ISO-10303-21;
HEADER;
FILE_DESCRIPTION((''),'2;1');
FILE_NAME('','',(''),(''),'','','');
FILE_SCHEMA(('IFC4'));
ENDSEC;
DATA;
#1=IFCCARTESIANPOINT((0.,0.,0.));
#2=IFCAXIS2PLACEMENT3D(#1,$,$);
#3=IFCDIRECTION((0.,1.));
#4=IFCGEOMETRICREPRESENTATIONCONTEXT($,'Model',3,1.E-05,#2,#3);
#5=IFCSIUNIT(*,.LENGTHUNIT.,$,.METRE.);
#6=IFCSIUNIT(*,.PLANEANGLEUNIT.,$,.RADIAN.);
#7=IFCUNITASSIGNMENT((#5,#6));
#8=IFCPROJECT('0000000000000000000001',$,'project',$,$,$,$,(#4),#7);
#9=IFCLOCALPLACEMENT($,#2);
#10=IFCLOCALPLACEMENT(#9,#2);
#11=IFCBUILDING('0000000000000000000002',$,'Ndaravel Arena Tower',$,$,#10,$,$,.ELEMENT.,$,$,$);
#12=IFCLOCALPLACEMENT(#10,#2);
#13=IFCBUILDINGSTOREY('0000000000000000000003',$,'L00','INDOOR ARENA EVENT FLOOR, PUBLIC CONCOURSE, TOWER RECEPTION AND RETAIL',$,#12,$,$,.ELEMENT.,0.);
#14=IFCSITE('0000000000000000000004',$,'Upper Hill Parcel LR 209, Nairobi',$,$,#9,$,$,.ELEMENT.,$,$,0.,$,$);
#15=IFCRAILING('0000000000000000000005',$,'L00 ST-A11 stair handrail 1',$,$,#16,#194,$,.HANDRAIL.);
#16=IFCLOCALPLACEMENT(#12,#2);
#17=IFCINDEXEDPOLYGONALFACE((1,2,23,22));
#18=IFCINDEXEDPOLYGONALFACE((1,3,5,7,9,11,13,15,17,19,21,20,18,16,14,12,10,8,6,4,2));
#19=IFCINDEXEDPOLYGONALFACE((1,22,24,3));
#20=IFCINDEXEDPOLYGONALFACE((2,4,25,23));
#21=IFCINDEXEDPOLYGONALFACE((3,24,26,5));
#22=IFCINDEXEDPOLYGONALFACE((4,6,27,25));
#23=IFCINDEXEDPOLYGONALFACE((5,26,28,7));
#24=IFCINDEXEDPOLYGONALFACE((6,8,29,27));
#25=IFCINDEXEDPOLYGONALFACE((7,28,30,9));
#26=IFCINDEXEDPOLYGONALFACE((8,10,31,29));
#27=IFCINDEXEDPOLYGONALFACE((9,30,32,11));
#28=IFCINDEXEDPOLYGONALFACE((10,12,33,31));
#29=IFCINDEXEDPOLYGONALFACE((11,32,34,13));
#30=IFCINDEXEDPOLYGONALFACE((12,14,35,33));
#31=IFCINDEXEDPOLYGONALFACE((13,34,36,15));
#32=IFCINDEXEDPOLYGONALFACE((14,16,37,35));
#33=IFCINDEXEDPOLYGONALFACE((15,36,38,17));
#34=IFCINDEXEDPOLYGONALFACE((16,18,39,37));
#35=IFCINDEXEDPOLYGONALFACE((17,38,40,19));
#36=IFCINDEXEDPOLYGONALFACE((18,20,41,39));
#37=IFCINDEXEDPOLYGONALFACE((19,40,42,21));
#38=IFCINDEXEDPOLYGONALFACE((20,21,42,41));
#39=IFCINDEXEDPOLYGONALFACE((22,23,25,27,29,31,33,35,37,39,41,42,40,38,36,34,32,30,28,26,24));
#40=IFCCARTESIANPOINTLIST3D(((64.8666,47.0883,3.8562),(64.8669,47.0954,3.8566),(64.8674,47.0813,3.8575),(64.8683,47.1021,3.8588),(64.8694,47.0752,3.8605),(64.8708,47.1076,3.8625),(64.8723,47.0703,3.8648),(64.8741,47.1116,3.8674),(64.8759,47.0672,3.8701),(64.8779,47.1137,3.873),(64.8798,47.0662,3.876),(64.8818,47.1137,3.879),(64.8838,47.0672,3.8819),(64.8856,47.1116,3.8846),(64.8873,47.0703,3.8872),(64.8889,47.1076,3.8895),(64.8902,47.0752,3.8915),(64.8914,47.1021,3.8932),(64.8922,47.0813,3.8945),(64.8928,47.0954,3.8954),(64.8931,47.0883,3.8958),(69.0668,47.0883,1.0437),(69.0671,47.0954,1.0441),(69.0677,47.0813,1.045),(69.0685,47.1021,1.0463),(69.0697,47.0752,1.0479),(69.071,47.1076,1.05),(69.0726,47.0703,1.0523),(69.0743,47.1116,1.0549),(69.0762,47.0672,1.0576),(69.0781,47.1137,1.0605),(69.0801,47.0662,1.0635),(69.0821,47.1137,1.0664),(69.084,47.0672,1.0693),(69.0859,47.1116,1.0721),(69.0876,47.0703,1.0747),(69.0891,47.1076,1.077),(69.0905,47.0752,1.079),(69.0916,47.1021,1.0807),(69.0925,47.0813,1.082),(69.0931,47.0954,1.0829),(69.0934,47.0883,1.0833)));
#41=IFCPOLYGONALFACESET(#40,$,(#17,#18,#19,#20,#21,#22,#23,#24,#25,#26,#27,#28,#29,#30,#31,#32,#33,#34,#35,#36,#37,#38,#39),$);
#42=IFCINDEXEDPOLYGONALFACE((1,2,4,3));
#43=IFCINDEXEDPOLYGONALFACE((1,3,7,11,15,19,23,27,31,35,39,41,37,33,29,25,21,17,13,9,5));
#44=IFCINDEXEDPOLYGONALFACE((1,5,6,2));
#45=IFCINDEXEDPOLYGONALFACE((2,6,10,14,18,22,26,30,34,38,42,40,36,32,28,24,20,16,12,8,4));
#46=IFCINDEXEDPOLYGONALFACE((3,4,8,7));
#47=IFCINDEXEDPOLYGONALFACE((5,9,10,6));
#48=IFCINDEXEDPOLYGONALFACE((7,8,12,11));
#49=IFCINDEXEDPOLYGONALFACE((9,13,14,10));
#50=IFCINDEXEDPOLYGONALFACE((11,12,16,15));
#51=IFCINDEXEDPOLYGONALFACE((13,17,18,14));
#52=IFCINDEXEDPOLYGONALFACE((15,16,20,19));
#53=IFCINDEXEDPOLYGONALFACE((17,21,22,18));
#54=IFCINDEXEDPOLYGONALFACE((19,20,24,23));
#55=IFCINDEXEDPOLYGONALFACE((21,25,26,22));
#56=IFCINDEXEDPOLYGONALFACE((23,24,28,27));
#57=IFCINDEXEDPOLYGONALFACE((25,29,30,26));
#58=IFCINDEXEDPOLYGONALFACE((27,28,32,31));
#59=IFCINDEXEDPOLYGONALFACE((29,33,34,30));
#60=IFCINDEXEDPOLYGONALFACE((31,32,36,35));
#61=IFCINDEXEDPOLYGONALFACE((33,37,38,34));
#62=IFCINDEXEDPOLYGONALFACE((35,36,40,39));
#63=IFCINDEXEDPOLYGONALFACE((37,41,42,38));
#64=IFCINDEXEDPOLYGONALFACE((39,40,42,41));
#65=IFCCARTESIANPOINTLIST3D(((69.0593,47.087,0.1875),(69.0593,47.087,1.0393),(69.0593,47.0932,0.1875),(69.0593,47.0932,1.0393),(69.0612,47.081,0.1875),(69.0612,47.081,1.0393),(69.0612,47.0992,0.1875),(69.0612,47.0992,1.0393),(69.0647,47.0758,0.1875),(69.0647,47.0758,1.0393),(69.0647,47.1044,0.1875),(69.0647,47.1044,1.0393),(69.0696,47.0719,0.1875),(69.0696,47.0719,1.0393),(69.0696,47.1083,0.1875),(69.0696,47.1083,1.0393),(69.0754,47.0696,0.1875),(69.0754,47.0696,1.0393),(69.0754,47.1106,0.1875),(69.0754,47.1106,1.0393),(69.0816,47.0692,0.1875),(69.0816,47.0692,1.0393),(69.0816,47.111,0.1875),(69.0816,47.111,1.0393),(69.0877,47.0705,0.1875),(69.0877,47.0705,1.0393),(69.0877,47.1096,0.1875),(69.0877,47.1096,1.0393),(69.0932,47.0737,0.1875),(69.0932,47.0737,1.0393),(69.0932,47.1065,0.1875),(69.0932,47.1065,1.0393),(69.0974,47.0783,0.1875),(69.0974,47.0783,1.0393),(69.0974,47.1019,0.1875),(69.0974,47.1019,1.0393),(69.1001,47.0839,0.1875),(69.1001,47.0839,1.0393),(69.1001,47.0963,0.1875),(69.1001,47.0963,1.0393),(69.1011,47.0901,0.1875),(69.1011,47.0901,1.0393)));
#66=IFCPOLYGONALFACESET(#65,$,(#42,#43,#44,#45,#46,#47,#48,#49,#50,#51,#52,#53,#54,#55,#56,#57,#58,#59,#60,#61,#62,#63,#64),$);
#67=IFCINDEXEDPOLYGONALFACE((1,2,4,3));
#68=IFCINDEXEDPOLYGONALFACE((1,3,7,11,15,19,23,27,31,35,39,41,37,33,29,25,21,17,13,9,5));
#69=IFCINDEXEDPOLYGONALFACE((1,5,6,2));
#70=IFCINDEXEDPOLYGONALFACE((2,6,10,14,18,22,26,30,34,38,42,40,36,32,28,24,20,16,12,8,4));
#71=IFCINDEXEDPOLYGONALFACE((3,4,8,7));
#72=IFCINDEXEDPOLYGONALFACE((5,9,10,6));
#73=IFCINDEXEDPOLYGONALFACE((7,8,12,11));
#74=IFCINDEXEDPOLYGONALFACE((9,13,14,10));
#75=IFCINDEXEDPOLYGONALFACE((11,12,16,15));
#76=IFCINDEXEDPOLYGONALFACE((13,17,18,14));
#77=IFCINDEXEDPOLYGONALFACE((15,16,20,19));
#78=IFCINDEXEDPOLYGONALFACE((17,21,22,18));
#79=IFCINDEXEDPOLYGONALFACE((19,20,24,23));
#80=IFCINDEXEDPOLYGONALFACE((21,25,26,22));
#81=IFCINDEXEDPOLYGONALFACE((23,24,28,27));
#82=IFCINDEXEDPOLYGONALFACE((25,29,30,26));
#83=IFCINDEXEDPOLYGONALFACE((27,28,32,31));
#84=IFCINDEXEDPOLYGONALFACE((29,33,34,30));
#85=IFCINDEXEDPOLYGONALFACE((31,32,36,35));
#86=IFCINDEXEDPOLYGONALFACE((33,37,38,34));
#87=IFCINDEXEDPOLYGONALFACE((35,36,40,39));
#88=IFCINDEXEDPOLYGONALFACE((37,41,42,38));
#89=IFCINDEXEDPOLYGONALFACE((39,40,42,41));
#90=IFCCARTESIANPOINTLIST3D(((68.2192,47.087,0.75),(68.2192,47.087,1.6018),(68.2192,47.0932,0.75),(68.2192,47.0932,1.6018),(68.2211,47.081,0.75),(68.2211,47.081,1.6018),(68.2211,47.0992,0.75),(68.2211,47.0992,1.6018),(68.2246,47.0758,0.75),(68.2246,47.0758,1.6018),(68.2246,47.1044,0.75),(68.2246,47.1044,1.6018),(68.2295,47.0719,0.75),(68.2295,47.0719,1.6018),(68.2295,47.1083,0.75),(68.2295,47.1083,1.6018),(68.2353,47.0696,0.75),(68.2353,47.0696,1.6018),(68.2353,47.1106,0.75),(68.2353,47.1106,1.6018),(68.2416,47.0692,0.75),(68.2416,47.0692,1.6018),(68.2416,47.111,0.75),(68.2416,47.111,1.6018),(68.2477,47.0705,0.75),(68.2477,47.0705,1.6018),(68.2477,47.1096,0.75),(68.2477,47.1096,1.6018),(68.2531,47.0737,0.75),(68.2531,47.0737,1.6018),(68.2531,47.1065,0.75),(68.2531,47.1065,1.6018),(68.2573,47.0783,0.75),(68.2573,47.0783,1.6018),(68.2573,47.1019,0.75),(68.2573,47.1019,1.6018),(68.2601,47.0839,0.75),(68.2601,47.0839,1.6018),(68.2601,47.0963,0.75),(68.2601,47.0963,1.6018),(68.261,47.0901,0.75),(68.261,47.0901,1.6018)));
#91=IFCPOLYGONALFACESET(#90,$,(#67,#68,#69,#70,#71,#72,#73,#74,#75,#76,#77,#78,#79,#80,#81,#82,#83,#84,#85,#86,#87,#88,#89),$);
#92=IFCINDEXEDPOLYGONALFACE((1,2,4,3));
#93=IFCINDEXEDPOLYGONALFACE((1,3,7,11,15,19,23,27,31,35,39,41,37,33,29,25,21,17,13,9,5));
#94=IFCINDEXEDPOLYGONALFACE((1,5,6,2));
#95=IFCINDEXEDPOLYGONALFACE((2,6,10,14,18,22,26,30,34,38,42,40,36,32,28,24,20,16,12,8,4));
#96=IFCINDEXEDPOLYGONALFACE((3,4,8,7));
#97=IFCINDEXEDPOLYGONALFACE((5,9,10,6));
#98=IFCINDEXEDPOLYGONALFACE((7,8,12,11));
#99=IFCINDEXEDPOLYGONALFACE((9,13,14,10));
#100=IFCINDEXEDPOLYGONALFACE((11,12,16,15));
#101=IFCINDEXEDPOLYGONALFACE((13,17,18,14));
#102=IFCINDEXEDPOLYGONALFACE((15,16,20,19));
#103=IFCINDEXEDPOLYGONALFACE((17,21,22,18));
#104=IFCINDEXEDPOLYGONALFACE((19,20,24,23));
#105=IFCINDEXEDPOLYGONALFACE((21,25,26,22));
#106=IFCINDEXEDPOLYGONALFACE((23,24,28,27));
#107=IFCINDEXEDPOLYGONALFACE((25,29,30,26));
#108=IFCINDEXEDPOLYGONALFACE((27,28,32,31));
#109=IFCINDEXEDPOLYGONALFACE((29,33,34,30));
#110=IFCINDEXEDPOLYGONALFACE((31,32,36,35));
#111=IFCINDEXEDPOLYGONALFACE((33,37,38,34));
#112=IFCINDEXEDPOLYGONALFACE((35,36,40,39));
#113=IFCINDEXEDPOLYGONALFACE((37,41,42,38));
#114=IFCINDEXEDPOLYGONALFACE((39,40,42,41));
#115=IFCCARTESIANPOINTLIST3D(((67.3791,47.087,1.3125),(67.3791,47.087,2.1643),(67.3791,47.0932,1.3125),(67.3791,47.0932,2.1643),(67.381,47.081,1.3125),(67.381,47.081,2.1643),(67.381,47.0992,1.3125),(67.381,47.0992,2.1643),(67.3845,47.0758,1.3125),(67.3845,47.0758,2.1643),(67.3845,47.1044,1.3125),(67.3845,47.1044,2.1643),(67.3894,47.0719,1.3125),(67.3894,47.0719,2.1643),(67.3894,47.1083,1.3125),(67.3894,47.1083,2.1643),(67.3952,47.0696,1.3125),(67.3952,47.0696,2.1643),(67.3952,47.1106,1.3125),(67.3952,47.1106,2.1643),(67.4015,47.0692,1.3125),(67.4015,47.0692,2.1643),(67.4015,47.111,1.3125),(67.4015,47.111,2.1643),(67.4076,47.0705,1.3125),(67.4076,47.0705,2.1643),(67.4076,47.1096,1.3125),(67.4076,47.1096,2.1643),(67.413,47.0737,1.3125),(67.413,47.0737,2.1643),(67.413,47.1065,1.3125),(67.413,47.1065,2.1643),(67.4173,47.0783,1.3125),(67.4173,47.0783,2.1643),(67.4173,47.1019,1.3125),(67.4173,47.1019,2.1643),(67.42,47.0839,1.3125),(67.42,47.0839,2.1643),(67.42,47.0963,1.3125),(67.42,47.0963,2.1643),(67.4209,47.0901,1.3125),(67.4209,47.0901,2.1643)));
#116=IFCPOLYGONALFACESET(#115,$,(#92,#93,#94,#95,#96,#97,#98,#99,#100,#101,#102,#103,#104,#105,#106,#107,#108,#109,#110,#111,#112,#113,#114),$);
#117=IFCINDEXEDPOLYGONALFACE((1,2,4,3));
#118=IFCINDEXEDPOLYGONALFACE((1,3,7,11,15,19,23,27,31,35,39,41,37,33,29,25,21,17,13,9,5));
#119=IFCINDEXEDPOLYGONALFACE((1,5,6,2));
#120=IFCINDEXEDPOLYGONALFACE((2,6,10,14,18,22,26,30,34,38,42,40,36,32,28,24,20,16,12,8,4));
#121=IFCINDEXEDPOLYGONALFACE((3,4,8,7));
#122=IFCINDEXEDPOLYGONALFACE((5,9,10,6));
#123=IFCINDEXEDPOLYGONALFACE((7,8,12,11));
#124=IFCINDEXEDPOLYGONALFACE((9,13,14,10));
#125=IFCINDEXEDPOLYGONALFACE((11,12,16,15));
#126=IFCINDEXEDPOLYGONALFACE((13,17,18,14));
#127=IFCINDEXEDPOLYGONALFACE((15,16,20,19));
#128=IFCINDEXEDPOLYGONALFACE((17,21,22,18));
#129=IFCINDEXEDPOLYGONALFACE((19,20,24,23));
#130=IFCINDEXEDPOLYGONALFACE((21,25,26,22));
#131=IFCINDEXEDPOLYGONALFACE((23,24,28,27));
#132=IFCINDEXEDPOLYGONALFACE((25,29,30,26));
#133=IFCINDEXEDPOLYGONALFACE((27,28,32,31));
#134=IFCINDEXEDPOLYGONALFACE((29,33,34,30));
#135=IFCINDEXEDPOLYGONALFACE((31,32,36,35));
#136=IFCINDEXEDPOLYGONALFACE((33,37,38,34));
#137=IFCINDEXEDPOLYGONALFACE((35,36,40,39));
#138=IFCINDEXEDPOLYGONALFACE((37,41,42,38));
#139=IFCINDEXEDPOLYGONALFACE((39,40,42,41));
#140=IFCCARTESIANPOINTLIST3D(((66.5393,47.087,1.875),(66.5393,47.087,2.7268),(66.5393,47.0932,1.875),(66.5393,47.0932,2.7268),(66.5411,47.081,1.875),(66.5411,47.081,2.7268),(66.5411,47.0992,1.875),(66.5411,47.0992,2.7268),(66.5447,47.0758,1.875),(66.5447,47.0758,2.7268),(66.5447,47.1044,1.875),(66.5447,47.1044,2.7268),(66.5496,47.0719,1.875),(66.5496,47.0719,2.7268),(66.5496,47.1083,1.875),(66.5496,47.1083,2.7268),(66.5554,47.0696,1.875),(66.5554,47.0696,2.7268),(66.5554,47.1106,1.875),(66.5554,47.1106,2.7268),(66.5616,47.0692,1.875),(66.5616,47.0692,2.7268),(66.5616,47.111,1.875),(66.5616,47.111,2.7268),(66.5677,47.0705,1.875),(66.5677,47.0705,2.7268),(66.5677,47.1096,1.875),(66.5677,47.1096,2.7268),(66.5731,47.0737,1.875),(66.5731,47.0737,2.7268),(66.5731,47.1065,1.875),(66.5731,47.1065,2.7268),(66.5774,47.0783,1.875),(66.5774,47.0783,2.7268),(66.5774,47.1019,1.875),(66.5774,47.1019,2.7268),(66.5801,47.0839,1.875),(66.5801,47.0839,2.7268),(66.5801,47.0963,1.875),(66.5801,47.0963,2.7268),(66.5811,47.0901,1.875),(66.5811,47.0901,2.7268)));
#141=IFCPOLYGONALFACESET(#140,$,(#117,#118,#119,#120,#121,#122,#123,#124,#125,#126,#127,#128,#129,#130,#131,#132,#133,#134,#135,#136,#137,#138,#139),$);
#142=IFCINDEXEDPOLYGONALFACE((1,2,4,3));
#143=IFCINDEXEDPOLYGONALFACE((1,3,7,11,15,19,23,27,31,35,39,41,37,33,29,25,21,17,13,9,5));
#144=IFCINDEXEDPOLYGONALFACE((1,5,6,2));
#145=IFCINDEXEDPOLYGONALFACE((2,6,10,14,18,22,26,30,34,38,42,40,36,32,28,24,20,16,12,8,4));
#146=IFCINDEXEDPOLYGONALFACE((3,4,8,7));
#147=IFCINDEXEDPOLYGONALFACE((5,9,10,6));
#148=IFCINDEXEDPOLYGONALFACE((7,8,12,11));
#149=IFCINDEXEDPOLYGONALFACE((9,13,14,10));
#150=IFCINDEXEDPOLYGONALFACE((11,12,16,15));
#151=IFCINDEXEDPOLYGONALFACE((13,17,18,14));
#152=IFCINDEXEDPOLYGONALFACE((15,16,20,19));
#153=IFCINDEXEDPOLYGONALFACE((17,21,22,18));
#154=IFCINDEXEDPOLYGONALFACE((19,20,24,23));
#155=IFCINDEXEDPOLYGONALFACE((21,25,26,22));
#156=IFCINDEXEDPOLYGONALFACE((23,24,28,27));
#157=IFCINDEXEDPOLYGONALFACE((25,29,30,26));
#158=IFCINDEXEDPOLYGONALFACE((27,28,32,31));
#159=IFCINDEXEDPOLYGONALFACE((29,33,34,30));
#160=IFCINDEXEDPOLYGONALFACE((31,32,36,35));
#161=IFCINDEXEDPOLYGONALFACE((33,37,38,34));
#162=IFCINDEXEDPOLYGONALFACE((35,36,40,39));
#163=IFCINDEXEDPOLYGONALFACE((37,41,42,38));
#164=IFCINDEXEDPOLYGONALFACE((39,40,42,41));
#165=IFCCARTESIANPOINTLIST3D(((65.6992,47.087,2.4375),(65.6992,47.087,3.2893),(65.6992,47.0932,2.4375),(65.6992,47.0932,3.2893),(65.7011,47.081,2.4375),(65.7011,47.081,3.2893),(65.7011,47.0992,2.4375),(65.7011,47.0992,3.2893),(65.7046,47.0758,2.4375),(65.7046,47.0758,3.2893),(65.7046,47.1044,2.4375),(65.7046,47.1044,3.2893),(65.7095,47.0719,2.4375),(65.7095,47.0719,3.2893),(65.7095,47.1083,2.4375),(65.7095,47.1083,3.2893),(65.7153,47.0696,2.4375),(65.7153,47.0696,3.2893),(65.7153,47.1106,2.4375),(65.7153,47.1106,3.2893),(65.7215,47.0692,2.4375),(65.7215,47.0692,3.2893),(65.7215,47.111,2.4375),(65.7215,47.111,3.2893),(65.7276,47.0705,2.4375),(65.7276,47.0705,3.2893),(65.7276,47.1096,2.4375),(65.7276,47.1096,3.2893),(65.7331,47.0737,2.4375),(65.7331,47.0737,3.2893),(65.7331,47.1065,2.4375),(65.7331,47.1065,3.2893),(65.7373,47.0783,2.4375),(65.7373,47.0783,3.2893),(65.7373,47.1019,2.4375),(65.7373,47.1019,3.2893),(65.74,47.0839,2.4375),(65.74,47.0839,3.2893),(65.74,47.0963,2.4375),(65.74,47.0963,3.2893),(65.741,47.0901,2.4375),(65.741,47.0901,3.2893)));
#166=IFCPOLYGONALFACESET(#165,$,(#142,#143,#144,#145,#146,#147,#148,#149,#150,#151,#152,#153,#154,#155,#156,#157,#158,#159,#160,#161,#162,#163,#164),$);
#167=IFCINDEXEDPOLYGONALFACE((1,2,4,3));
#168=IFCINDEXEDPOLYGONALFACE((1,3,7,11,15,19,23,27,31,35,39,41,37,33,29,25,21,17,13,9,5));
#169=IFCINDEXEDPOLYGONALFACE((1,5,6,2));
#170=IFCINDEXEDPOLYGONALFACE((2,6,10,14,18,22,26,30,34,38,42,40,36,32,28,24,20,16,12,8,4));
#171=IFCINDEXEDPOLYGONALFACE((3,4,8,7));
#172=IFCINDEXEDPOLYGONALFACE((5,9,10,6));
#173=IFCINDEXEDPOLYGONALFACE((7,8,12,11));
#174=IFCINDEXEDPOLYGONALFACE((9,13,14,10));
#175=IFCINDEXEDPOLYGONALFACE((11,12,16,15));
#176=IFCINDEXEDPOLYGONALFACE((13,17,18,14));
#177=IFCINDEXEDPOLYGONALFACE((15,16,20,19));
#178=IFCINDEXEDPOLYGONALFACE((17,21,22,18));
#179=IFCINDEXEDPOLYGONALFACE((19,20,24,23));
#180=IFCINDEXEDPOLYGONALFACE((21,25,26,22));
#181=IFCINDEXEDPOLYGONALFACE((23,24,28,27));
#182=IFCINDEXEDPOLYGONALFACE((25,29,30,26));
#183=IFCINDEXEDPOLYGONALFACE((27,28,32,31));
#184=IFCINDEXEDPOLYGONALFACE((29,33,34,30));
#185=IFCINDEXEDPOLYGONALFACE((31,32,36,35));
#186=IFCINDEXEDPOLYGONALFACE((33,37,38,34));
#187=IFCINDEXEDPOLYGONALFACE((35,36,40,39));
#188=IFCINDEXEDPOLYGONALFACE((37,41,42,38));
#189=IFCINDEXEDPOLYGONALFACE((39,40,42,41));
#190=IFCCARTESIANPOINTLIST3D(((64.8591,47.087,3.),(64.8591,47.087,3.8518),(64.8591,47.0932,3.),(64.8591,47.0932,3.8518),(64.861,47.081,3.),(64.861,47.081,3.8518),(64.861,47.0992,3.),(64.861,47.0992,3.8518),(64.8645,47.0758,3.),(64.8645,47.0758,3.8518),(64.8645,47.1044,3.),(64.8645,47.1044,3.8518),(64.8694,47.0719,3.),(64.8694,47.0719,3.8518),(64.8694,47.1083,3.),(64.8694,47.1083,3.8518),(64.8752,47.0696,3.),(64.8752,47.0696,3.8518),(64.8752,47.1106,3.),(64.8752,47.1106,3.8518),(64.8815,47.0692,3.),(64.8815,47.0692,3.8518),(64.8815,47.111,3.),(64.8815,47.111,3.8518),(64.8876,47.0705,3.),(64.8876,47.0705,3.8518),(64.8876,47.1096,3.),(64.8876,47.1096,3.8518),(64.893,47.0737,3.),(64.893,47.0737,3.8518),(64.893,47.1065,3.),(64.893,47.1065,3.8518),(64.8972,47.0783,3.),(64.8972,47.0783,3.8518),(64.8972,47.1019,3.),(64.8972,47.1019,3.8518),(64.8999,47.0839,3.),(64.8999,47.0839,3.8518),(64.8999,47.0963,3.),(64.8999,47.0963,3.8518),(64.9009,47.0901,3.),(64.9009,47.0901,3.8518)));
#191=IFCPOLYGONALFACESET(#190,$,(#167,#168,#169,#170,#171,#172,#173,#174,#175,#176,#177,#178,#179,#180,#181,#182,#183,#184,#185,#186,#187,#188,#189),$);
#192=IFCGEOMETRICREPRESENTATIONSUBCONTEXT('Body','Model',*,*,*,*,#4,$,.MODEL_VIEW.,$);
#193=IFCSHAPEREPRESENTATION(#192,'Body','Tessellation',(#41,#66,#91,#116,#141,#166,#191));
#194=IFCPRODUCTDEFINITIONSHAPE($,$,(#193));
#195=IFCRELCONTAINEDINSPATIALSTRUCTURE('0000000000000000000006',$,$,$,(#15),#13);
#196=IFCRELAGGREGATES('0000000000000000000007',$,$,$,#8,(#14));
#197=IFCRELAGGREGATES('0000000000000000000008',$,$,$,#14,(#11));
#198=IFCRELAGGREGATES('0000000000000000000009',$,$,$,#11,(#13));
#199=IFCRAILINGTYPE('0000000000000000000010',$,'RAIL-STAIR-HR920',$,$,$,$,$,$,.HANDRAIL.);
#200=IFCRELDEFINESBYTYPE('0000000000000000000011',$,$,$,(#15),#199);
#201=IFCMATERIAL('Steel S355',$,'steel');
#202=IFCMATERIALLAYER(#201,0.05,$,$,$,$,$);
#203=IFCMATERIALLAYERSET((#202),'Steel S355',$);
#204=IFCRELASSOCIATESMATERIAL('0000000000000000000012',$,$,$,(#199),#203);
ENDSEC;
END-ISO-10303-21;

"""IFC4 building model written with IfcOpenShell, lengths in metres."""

from ifc_helpers import new_model, si_unit, direction, frame, origin, origin_2d, place, context, subcontext, project, spatial, circle, extrude, material, layer, layer_set, type_object, element, save


model = new_model("IFC4")

# Units and contexts
model_context = context("Model", 3, precision=1e-05, world=origin(), true_north=direction((0.0, 1.0)))
body_context = subcontext(model_context, "Body", "Model", "MODEL_VIEW")
ifc_project = project(units=[si_unit("LENGTHUNIT", "METRE"), si_unit("PLANEANGLEUNIT", "RADIAN")], contexts=[model_context])

# Site, building, storey
site_placement = place(None, origin())
site = spatial("IfcSite", under=ifc_project, at=site_placement, Name="Upper Hill Parcel LR 209, Nairobi", CompositionType="ELEMENT", RefElevation=0.0)
building_placement = place(site_placement, origin())
building = spatial("IfcBuilding", under=site, at=building_placement, Name="Ndaravel Arena Tower", CompositionType="ELEMENT")
storey_placement = place(building_placement, origin())
storey = spatial("IfcBuildingStorey", under=building, at=storey_placement, Name="L00", Description="INDOOR ARENA EVENT FLOOR, PUBLIC CONCOURSE, TOWER RECEPTION AND RETAIL", CompositionType="ELEMENT", Elevation=0.0)

# Railing
ifc_material_1 = material(Name="Steel S355", Category="steel")
ifc_layer_1 = layer(ifc_material_1, 0.05)
ifc_layer_set_1 = layer_set([ifc_layer_1], Name="Steel S355")
railing_type_1 = type_object("IfcRailingType", Name="RAIL-STAIR-HR920", PredefinedType="HANDRAIL", material=ifc_layer_set_1)
railing_1_placement = place(storey_placement, frame((69.0801, 47.0901, 0.1875)))
element("IfcRailing", 1, at=railing_1_placement, inside=storey, type_object=railing_type_1, Name="L00 ST-A11 stair handrail 1", PredefinedType="HANDRAIL", context=body_context, shape_type="SweptSolid", body=[
    extrude(circle(Radius=0.0239, at=origin_2d()), frame((0.0, 0.0, 0.876), z_axis=(-0.830919, 0.0, 0.556393), x_axis=(0.0, -1.0, 0.0)), (0.0, 0.0, 1.0), 5.0549),
    extrude(circle(Radius=0.021, at=origin_2d()), origin(), (0.0, 0.0, 1.0), 0.8518),
    extrude(circle(Radius=0.021, at=origin_2d()), frame((-0.8401, 0.0, 0.5625)), (0.0, 0.0, 1.0), 0.8518),
    extrude(circle(Radius=0.021, at=origin_2d()), frame((-1.6802, 0.0, 1.125)), (0.0, 0.0, 1.0), 0.8518),
    extrude(circle(Radius=0.021, at=origin_2d()), frame((-2.52, 0.0, 1.6875)), (0.0, 0.0, 1.0), 0.8518),
    extrude(circle(Radius=0.021, at=origin_2d()), frame((-3.3601, 0.0, 2.25)), (0.0, 0.0, 1.0), 0.8518),
    extrude(circle(Radius=0.021, at=origin_2d()), frame((-4.2002, 0.0, 2.8125)), (0.0, 0.0, 1.0), 0.8518),
])

save(model, "model.ifc")
